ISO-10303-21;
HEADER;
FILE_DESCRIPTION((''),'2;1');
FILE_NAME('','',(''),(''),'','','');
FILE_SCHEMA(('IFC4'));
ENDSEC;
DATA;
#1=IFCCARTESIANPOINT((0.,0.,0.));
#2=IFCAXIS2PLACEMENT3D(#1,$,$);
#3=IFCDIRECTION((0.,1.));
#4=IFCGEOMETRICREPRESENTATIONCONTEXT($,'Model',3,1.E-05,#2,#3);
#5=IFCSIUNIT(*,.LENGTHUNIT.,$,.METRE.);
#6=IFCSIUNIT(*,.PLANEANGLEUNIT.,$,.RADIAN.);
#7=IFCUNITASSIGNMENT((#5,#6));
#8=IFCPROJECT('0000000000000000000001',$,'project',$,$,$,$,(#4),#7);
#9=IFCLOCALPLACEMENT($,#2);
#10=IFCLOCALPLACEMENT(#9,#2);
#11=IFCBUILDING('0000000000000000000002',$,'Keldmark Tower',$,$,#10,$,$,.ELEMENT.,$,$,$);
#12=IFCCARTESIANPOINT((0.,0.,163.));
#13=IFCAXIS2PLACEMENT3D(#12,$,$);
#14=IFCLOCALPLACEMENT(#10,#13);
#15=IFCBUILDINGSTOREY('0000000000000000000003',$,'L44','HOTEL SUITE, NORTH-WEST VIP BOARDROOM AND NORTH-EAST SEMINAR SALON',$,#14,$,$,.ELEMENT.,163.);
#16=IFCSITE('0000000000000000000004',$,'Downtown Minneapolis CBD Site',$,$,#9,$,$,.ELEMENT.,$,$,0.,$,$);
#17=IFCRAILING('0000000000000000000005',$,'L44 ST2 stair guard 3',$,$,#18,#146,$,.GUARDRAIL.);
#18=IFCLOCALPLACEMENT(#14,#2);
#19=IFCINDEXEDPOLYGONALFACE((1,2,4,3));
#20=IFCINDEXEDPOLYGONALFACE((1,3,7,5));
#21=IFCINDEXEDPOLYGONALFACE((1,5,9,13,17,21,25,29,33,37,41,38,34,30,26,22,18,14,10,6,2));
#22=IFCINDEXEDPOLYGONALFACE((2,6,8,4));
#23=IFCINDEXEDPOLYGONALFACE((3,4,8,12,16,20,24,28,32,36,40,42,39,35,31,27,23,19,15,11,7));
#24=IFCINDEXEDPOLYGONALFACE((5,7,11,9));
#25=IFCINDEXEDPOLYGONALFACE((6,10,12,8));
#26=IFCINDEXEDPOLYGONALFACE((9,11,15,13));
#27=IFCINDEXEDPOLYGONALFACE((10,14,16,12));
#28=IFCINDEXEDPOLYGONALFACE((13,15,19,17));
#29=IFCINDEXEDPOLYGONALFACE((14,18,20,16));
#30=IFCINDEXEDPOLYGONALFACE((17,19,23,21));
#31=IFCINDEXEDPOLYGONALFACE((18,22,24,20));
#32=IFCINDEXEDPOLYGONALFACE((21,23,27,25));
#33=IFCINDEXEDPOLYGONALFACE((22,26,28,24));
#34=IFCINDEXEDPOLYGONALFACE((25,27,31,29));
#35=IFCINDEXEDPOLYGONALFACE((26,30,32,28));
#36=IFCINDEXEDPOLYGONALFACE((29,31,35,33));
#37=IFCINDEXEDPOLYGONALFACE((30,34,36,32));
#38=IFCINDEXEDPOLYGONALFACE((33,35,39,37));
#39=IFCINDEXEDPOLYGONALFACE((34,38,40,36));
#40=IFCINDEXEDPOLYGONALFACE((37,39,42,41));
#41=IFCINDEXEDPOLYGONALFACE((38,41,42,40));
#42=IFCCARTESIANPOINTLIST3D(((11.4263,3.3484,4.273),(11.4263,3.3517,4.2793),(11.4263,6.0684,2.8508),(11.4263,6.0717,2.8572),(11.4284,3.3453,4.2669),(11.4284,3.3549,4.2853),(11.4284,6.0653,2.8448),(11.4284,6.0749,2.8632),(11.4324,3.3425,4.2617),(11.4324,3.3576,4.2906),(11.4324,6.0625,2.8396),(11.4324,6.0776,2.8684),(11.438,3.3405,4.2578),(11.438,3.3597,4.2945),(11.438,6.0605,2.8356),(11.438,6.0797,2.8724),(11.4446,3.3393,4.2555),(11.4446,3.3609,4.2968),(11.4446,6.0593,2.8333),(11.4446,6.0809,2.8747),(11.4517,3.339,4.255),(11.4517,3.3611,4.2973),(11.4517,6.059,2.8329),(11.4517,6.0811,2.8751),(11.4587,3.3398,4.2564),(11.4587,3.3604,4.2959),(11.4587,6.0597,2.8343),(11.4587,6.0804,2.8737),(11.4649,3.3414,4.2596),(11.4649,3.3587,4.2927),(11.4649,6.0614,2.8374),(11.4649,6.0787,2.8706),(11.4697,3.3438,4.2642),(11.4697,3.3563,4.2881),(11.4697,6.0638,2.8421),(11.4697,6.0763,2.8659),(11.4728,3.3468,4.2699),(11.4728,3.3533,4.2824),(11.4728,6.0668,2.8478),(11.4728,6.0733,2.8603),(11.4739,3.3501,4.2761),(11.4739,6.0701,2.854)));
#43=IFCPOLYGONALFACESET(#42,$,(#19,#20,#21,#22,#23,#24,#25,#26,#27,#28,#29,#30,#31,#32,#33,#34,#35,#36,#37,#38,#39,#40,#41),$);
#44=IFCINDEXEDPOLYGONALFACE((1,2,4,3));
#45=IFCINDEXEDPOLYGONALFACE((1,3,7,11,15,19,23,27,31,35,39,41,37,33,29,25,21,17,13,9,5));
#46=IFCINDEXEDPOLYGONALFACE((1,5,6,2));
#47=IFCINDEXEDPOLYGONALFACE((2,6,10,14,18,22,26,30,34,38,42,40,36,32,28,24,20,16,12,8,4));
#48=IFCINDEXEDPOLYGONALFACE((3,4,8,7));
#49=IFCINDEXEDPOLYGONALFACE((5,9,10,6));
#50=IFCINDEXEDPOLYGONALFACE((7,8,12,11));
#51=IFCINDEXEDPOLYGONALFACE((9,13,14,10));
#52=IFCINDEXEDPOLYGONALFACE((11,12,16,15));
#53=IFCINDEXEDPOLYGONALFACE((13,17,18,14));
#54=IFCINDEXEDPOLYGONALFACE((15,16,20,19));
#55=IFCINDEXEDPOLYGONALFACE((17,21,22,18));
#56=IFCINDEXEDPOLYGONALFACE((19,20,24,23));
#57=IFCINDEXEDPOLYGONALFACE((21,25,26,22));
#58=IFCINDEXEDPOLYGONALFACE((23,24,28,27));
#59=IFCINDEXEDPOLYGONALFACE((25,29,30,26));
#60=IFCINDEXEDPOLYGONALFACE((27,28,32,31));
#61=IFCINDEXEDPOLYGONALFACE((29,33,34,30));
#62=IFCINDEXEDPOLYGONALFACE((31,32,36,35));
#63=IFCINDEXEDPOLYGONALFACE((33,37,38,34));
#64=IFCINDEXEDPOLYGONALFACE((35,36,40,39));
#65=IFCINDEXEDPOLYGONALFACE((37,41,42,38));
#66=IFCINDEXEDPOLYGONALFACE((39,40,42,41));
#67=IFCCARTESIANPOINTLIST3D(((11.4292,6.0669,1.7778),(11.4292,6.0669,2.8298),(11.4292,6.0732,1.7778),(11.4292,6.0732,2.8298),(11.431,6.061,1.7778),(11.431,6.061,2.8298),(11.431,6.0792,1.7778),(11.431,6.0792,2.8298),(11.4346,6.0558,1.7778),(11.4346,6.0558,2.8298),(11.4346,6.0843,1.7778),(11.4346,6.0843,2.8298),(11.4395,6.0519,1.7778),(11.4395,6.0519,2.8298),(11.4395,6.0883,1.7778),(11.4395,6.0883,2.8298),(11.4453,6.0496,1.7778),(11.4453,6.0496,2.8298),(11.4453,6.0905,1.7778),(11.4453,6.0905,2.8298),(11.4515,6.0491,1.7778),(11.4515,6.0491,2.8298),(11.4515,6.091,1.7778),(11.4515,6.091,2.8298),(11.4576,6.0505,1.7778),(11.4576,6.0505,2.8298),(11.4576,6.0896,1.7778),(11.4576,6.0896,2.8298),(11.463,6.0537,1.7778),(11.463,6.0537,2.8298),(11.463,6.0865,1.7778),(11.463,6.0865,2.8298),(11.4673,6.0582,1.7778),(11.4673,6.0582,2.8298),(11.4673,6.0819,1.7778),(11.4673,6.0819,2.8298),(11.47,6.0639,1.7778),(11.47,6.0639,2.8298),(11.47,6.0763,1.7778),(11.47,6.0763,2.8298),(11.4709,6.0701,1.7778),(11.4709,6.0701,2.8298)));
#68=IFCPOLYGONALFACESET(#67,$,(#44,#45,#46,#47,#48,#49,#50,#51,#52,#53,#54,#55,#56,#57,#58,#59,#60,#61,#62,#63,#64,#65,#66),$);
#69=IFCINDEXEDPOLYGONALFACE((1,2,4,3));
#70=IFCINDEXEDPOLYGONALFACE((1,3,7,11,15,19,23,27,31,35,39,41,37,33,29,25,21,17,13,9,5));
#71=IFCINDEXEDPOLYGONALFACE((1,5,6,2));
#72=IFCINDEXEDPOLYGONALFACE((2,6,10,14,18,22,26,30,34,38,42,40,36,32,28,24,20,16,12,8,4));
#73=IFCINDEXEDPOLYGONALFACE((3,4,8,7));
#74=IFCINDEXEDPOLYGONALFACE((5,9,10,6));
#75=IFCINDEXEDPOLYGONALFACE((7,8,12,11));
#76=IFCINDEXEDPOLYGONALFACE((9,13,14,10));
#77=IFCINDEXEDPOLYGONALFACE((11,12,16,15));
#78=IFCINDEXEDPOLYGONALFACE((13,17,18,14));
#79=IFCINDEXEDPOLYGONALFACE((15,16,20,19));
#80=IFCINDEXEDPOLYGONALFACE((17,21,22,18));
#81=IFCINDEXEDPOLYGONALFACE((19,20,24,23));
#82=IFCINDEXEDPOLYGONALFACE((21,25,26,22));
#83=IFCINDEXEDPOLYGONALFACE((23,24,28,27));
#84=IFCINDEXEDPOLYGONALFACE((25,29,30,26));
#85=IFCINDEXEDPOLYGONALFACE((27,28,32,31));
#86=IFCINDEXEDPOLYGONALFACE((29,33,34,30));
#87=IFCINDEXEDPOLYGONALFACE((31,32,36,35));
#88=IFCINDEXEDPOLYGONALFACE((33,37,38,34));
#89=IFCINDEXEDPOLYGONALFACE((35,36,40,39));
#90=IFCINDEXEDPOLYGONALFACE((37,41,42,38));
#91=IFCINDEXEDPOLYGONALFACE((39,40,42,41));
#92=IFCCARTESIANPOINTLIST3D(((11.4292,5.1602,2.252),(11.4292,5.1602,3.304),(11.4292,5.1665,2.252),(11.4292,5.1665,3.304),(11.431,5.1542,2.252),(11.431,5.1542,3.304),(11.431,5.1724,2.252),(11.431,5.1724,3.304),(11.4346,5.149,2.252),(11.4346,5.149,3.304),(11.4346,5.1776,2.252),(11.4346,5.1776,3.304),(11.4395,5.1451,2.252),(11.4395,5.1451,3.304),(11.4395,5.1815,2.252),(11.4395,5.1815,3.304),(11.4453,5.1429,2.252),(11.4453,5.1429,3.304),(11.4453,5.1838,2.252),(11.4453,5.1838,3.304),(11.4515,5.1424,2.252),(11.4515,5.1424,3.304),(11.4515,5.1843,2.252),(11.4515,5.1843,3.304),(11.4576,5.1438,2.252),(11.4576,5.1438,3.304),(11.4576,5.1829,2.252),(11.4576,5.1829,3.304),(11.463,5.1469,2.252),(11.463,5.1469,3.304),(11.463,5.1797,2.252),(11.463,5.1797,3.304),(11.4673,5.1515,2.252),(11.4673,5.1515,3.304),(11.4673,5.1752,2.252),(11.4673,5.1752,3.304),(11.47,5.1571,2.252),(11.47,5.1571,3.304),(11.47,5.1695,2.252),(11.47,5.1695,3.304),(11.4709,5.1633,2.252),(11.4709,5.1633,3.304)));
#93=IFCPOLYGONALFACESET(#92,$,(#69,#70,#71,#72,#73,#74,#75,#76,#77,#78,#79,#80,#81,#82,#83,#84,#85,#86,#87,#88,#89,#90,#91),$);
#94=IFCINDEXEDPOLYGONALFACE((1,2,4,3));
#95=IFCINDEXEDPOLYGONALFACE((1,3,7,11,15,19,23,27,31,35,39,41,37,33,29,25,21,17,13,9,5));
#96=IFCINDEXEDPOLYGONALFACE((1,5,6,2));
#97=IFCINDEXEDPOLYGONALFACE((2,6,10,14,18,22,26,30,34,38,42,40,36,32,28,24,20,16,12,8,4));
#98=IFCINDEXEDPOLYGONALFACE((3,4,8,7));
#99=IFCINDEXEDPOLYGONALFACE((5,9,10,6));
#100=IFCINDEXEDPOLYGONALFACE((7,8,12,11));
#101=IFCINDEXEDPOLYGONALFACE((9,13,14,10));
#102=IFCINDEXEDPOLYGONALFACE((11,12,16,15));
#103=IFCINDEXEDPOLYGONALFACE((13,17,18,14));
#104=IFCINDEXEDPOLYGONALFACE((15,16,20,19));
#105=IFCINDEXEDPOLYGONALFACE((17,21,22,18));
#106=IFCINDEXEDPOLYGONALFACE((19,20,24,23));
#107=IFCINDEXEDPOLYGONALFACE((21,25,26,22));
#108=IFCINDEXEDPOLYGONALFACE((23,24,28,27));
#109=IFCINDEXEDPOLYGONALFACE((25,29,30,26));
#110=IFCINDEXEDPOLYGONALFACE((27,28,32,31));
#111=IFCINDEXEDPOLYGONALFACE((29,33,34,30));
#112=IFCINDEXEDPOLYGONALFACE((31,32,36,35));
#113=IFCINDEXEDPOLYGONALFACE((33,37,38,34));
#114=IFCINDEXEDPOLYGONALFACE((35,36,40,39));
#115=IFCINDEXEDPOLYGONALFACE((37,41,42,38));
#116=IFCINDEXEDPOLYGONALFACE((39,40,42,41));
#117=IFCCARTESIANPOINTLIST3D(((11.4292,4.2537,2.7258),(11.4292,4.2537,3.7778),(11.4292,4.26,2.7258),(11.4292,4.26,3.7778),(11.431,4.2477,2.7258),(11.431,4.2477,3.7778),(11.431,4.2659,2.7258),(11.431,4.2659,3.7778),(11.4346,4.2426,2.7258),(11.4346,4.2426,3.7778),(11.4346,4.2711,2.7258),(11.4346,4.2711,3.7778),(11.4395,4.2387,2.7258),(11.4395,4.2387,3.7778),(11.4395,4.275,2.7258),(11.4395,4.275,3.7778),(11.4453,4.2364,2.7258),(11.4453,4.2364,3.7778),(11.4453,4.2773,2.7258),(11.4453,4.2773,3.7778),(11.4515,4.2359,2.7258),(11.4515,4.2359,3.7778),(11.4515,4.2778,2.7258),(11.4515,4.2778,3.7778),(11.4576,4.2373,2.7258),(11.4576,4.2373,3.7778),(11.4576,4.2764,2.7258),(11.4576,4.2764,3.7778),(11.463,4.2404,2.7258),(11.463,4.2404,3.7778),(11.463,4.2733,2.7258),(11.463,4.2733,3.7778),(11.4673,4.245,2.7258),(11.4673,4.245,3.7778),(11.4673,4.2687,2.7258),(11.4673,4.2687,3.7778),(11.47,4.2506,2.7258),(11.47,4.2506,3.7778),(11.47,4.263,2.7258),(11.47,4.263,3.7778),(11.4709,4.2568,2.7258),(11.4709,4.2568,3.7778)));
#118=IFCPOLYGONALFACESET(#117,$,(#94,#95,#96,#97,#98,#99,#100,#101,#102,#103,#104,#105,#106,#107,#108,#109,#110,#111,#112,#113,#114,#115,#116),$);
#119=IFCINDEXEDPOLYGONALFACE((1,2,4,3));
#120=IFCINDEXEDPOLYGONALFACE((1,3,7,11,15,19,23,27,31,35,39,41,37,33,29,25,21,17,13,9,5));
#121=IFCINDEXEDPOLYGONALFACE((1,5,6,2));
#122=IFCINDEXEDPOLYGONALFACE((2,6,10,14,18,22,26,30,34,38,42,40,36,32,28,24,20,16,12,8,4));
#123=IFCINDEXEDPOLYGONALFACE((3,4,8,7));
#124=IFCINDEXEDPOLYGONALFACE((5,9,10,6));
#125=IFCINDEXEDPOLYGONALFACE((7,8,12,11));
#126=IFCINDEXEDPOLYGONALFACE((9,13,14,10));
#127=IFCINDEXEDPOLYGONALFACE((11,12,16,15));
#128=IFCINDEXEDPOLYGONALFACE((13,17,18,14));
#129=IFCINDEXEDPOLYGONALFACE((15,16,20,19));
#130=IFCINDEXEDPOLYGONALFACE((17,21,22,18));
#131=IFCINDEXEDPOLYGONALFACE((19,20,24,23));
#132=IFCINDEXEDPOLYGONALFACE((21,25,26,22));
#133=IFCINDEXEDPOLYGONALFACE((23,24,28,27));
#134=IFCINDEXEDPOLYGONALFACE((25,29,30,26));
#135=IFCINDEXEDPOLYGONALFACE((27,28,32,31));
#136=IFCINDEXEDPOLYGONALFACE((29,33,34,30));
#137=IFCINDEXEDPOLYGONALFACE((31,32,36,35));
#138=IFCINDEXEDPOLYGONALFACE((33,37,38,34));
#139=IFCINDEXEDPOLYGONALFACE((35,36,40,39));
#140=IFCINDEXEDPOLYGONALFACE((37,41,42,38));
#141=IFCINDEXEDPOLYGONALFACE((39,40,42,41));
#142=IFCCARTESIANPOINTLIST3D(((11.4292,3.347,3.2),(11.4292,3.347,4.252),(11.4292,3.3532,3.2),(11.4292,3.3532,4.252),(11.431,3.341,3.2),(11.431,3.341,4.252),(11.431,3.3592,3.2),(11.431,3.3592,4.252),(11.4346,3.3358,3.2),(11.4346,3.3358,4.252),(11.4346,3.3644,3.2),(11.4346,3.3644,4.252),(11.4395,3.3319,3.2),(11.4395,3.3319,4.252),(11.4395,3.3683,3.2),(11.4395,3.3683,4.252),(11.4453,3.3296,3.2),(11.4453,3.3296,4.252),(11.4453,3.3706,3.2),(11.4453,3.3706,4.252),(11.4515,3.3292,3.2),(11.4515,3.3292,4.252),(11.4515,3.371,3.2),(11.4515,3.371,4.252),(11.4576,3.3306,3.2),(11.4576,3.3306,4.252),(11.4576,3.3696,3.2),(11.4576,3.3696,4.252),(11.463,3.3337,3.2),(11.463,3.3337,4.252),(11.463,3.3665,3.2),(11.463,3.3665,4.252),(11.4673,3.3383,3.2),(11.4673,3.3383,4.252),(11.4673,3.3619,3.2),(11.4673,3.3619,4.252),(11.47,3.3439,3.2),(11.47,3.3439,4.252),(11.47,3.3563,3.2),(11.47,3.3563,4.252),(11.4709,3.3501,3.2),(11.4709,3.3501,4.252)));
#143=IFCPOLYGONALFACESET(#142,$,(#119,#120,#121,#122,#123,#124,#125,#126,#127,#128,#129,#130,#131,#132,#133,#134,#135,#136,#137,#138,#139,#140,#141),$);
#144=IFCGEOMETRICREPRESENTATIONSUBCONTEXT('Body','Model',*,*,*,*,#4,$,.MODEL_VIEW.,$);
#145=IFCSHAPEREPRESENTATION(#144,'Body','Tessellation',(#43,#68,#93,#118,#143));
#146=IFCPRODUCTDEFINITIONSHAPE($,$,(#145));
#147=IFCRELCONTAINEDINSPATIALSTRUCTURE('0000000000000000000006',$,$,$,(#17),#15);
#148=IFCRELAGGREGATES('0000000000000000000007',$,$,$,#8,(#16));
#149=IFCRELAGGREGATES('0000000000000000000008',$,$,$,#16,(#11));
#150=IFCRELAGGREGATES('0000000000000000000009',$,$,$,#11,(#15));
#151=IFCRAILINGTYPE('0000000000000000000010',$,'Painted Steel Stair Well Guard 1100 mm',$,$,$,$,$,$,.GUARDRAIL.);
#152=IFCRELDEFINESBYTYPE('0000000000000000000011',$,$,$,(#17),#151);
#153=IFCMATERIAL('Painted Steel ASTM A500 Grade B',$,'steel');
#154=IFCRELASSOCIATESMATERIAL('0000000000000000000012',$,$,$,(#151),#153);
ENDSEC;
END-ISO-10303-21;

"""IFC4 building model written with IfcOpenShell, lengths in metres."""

from ifc_helpers import new_model, si_unit, direction, frame, origin, origin_2d, place, context, subcontext, project, spatial, circle, extrude, material, type_object, element, save


model = new_model("IFC4")

# Units and contexts
model_context = context("Model", 3, precision=1e-05, world=origin(), true_north=direction((0.0, 1.0)))
body_context = subcontext(model_context, "Body", "Model", "MODEL_VIEW")
ifc_project = project(units=[si_unit("LENGTHUNIT", "METRE"), si_unit("PLANEANGLEUNIT", "RADIAN")], contexts=[model_context])

# Site, building, storey
site_placement = place(None, origin())
site = spatial("IfcSite", under=ifc_project, at=site_placement, Name="Downtown Minneapolis CBD Site", CompositionType="ELEMENT", RefElevation=0.0)
building_placement = place(site_placement, origin())
building = spatial("IfcBuilding", under=site, at=building_placement, Name="Keldmark Tower", CompositionType="ELEMENT")
storey_placement = place(building_placement, frame((0.0, 0.0, 163.0)))
storey = spatial("IfcBuildingStorey", under=building, at=storey_placement, Name="L44", Description="HOTEL SUITE, NORTH-WEST VIP BOARDROOM AND NORTH-EAST SEMINAR SALON", CompositionType="ELEMENT", Elevation=163.0)

# Railing
ifc_material_1 = material(Name="Painted Steel ASTM A500 Grade B", Category="steel")
railing_type_1 = type_object("IfcRailingType", Name="Painted Steel Stair Well Guard 1100 mm", PredefinedType="GUARDRAIL", material=ifc_material_1)
railing_1_placement = place(storey_placement, frame((11.45, 6.0701, 1.7778)))
element("IfcRailing", 1, at=railing_1_placement, inside=storey, type_object=railing_type_1, Name="L44 ST2 stair guard 3", PredefinedType="GUARDRAIL", context=body_context, shape_type="SweptSolid", body=[
    extrude(circle(Radius=0.0239, at=origin_2d()), frame((0.0, 0.0, 1.0762), z_axis=(0.0, -0.886183, 0.463335), x_axis=(1.0, 0.0, 0.0)), (0.0, 0.0, 1.0), 3.0693),
    extrude(circle(Radius=0.021, at=origin_2d()), origin(), (0.0, 0.0, 1.0), 1.052),
    extrude(circle(Radius=0.021, at=origin_2d()), frame((0.0, -0.9067, 0.4741)), (0.0, 0.0, 1.0), 1.052),
    extrude(circle(Radius=0.021, at=origin_2d()), frame((0.0, -1.8132, 0.948)), (0.0, 0.0, 1.0), 1.052),
    extrude(circle(Radius=0.021, at=origin_2d()), frame((0.0, -2.72, 1.4221)), (0.0, 0.0, 1.0), 1.052),
])

save(model, "model.ifc")
